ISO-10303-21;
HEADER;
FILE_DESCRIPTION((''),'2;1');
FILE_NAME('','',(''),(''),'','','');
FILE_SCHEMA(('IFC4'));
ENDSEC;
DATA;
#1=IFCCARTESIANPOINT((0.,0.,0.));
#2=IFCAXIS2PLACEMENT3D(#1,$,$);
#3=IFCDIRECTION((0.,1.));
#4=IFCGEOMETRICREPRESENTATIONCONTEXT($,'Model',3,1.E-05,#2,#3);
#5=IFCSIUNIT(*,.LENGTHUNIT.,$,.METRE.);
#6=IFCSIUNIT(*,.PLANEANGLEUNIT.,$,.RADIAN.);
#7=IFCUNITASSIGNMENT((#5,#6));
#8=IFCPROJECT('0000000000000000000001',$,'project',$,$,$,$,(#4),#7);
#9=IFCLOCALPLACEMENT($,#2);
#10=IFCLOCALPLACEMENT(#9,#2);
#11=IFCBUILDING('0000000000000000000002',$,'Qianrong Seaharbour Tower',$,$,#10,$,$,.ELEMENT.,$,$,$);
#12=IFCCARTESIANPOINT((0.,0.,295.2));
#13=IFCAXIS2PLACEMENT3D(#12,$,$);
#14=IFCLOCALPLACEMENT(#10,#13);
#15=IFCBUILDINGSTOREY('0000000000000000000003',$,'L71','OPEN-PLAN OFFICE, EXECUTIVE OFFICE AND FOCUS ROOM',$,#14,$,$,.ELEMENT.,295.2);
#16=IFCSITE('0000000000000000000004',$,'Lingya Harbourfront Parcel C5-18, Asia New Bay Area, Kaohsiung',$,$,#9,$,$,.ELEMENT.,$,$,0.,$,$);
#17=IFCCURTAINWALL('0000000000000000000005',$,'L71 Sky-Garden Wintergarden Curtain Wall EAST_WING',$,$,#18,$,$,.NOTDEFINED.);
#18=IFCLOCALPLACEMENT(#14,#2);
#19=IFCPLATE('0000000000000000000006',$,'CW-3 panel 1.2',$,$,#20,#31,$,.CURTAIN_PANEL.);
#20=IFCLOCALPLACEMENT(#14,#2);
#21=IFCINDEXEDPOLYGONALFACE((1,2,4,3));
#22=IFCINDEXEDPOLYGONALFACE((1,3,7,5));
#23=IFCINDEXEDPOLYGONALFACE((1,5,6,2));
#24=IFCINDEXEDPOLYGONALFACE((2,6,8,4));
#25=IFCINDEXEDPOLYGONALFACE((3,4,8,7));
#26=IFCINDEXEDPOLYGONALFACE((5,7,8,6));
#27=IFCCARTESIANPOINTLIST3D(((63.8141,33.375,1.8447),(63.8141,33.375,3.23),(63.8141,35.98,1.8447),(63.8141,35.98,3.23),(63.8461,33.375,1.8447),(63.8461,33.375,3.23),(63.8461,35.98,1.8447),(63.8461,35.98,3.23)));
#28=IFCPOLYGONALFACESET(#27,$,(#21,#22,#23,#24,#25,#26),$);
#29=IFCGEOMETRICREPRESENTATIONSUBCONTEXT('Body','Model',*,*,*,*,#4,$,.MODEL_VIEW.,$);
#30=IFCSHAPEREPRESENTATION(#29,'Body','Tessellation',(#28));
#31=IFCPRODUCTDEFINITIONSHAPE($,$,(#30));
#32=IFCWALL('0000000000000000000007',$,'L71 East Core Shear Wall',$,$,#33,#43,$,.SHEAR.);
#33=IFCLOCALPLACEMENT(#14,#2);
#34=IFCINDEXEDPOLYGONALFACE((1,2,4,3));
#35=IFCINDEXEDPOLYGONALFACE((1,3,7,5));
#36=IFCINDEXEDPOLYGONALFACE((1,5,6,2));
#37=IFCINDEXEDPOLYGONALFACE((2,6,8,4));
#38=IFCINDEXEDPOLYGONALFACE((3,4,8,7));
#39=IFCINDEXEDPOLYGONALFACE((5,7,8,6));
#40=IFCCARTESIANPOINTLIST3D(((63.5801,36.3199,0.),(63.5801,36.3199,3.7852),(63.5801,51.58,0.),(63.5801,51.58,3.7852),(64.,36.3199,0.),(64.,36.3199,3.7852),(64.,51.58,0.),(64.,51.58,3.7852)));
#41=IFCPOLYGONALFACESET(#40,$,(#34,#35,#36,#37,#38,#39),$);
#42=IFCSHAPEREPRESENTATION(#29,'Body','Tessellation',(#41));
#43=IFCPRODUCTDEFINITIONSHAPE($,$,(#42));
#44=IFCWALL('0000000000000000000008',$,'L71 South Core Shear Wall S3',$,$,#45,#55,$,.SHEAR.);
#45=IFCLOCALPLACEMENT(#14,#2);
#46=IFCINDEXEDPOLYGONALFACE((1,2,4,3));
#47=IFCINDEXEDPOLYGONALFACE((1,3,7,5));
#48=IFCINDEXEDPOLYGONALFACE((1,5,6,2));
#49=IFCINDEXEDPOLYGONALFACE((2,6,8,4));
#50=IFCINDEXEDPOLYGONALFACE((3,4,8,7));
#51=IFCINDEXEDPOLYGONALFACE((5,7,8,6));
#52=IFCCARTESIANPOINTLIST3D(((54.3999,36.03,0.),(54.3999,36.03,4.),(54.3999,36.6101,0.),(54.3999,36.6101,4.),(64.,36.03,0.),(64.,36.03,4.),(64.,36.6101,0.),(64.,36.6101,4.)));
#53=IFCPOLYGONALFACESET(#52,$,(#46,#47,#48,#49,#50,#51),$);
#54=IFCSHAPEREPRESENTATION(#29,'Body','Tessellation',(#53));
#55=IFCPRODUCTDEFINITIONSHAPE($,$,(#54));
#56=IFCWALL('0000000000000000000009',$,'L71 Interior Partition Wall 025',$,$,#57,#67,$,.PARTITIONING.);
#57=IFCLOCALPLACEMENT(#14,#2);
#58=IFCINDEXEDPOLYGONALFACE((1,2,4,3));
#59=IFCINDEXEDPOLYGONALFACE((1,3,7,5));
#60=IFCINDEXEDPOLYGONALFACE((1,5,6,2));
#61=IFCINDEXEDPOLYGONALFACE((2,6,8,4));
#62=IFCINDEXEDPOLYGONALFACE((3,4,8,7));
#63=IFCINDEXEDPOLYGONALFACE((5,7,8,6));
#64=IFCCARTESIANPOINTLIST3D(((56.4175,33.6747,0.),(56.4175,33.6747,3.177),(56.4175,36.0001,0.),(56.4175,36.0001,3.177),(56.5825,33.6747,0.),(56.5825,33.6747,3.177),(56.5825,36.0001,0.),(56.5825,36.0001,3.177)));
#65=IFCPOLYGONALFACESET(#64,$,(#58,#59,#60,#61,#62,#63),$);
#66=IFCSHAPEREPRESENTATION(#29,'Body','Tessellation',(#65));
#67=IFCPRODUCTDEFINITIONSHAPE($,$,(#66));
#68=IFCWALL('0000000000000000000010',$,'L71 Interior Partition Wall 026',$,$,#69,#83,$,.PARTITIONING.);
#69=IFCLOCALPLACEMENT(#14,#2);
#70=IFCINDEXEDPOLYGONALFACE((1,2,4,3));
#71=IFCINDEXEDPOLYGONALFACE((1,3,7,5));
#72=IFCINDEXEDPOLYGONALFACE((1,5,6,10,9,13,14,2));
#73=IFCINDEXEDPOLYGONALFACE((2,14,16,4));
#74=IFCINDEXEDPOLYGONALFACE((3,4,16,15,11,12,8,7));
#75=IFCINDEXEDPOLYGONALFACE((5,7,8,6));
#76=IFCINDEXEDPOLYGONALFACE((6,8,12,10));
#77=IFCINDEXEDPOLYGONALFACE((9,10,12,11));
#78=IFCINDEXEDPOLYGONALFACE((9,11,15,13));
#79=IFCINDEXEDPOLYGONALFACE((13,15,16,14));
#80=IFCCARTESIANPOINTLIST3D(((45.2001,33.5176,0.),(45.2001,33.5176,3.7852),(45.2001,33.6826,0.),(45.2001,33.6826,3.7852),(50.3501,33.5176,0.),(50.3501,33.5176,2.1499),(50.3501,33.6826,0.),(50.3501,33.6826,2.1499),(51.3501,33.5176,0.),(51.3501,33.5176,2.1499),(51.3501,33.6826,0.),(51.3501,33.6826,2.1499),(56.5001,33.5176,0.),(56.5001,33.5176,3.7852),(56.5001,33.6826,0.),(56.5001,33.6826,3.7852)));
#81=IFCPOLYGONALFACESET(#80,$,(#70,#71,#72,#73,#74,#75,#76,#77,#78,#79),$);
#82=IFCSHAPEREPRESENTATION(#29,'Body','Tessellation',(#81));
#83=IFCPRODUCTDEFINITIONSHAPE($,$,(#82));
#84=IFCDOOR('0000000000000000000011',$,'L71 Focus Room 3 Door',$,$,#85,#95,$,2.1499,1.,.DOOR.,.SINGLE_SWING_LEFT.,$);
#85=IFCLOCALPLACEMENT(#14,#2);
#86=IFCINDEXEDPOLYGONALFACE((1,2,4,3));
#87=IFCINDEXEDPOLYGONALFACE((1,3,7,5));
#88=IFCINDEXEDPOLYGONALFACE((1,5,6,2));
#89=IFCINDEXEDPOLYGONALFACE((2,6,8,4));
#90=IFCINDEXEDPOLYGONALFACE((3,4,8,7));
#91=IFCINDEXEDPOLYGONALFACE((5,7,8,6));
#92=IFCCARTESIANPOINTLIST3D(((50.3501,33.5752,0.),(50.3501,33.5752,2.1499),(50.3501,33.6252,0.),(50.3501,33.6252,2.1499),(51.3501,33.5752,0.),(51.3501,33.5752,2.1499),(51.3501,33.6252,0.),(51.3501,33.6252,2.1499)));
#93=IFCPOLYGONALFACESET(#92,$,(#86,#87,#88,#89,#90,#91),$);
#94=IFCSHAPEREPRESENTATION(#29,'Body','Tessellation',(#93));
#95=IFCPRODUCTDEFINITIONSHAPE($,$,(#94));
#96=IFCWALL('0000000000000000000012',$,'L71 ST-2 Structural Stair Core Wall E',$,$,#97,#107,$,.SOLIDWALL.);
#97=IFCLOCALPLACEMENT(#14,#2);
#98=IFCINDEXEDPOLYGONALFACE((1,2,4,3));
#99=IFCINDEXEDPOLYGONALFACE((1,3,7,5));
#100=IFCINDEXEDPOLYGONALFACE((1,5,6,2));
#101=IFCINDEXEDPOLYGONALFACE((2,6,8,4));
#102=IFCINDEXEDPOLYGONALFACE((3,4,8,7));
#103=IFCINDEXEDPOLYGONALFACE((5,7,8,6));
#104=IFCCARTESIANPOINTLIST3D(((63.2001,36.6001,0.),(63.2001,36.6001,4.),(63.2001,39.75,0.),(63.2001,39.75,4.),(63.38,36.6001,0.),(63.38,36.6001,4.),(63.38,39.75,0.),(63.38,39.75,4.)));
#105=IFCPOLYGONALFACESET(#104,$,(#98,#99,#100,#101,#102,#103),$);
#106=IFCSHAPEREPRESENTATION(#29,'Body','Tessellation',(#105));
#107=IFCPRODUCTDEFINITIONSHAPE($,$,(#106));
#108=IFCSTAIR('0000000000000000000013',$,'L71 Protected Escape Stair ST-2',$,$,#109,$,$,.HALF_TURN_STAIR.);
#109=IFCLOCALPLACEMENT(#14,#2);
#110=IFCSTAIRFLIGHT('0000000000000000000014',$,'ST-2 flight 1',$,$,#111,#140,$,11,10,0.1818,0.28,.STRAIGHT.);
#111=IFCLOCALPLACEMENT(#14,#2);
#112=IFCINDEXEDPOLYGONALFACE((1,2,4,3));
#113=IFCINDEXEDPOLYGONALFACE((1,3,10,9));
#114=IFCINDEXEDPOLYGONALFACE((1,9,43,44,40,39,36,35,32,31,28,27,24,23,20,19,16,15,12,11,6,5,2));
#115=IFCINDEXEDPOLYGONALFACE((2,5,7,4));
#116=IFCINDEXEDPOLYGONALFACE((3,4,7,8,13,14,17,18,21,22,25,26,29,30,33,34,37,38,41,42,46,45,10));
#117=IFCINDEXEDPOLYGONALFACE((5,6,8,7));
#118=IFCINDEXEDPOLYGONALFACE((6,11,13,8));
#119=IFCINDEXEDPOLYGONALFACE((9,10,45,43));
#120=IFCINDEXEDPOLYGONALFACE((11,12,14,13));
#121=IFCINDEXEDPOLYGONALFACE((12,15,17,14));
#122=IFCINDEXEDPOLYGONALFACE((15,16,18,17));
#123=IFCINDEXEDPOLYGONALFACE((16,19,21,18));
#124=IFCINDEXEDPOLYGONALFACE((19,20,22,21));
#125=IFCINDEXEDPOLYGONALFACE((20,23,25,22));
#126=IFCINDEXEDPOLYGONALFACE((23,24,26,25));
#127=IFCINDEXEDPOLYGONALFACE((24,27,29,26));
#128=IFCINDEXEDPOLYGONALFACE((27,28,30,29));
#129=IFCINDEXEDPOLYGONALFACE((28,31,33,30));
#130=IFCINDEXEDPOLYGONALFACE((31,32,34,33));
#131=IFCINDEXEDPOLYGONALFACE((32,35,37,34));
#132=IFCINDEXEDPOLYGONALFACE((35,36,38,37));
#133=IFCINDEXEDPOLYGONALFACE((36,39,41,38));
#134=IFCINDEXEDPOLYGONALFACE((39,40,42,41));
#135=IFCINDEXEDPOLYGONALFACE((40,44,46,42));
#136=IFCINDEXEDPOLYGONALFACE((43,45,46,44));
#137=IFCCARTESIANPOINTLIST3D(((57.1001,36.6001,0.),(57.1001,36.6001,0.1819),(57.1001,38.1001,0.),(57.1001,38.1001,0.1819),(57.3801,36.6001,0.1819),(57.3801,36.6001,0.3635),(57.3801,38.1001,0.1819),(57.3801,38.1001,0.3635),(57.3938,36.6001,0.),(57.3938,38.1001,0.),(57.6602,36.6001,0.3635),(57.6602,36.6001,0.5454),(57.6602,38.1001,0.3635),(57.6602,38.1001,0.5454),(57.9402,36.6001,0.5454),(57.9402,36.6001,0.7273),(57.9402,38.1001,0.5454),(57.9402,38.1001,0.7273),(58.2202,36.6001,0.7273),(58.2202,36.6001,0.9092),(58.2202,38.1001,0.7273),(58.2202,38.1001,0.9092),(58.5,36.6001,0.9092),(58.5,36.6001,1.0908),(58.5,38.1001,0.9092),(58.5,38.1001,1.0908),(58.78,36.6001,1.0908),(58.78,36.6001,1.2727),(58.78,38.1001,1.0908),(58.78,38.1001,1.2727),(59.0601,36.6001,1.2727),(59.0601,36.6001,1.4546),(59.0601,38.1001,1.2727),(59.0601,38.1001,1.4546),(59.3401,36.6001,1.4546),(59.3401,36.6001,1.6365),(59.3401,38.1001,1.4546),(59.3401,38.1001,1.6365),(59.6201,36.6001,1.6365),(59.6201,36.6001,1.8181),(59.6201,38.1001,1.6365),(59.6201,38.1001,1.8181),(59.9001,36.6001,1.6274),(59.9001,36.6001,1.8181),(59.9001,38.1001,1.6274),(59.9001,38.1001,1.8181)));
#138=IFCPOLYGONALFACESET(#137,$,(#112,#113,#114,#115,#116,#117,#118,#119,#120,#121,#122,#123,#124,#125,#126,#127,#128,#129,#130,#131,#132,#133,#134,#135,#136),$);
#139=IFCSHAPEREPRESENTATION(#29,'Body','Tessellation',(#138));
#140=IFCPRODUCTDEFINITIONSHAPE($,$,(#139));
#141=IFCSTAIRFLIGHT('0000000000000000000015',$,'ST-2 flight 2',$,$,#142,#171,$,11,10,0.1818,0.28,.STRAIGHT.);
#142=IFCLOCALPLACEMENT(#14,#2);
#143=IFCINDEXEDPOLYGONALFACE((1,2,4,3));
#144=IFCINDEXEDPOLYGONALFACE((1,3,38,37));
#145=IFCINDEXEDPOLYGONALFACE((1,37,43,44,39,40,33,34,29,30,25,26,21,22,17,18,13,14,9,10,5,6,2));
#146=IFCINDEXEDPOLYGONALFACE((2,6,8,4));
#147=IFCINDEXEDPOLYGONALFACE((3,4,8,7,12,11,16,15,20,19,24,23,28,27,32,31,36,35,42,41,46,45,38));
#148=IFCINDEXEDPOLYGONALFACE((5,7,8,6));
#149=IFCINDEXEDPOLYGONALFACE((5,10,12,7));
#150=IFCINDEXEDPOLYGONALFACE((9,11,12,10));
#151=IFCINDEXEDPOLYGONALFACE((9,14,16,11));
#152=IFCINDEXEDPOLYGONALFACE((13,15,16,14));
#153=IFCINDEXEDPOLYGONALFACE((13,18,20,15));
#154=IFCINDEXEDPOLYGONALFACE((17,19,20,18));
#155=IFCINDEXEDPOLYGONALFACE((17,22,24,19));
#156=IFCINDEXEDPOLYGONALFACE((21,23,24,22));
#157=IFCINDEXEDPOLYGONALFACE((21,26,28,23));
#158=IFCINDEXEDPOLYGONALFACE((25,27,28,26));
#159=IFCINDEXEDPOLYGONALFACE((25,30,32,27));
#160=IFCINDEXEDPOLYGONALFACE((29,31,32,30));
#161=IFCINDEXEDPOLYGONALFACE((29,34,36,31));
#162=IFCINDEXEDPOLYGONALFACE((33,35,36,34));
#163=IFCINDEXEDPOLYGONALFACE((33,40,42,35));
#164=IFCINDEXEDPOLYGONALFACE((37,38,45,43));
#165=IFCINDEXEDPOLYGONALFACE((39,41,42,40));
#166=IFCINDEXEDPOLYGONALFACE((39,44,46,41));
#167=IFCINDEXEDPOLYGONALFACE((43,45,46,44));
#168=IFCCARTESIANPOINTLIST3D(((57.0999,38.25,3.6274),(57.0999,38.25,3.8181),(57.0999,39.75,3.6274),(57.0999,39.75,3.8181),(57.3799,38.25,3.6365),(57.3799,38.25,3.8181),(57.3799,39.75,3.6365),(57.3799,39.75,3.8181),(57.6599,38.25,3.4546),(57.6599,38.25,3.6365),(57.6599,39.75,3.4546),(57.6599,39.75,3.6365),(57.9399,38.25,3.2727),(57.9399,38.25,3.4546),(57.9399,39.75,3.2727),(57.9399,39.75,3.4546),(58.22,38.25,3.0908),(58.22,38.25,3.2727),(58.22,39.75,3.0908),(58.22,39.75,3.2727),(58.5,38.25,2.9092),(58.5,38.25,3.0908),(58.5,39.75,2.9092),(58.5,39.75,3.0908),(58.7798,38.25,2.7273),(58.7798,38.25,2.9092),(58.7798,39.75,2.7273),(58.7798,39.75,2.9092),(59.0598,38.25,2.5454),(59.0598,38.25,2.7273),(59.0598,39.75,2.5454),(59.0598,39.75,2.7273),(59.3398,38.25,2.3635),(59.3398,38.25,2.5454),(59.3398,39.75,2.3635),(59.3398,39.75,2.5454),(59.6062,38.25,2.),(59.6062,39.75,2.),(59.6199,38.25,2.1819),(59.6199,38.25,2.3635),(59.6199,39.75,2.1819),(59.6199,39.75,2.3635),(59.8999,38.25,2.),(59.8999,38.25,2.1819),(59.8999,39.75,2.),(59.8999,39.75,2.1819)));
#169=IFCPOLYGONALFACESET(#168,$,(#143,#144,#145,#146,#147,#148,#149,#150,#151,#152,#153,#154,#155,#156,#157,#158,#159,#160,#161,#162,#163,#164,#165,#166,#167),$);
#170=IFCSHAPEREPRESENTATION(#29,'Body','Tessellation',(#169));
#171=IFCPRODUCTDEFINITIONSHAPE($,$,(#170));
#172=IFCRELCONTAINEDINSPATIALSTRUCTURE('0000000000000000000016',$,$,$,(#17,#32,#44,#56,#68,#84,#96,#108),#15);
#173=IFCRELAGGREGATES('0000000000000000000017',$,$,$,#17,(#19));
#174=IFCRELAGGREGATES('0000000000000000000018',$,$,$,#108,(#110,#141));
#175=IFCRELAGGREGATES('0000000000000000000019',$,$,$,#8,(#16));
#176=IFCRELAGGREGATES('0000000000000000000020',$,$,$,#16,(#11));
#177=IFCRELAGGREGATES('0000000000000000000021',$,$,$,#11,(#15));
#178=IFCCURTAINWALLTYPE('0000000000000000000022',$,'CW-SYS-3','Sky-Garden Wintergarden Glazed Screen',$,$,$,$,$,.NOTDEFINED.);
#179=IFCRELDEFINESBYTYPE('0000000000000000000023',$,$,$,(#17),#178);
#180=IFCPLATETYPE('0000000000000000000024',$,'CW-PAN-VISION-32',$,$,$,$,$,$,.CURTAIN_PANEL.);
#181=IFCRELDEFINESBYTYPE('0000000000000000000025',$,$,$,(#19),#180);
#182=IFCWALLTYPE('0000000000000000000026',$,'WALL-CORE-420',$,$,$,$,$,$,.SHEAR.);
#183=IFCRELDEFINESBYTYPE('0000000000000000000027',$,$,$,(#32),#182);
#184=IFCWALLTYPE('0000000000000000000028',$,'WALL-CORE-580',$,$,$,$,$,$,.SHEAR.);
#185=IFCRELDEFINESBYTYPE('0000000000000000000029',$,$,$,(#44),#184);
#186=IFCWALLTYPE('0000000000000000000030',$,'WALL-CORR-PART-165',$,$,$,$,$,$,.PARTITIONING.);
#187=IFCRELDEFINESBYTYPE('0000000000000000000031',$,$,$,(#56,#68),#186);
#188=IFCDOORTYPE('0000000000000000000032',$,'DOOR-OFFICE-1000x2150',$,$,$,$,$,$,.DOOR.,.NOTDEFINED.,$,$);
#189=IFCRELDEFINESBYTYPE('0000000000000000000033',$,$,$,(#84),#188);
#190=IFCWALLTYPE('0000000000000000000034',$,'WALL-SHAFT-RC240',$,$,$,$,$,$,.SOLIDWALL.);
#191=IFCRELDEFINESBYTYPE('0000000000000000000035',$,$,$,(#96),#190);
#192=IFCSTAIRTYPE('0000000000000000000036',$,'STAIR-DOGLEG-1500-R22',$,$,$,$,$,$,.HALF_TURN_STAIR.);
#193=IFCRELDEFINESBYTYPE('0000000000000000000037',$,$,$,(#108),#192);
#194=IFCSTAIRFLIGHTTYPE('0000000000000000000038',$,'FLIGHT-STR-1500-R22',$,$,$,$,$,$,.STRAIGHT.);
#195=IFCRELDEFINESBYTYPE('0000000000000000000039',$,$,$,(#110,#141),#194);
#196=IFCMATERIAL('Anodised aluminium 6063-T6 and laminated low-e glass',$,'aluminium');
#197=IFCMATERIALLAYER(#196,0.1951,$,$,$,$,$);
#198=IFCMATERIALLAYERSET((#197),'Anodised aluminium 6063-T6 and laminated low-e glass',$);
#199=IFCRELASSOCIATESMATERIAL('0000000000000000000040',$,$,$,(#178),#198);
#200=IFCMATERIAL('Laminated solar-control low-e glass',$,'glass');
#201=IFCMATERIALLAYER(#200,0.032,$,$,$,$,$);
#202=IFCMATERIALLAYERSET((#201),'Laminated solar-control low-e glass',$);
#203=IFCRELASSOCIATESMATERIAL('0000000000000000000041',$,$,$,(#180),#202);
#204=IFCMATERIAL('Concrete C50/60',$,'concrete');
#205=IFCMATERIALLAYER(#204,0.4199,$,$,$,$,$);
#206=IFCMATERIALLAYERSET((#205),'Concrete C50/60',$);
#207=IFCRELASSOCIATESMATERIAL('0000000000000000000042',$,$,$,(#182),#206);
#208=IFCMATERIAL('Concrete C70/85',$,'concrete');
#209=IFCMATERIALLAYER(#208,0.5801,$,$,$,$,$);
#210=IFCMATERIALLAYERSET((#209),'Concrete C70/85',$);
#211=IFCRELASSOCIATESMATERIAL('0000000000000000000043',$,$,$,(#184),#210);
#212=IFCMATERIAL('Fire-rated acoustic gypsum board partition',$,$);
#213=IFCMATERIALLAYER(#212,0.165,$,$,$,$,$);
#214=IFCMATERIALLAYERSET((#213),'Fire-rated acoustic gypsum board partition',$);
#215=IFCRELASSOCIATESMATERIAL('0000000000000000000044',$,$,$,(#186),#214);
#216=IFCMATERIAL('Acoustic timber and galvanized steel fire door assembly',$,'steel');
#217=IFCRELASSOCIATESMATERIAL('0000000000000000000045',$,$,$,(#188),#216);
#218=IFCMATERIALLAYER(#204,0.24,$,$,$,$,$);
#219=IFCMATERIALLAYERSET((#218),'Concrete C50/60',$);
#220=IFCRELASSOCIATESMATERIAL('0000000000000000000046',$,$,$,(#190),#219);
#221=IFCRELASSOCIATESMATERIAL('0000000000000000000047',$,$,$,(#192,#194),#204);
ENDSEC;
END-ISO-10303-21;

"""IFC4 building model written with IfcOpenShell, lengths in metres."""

from ifc_helpers import new_model, si_unit, direction, frame, frame_2d, origin, origin_2d, place, context, subcontext, project, spatial, polyline, rectangle, outline, extrude, material, layer, layer_set, type_object, element, fill, aggregate, save


model = new_model("IFC4")

# Units and contexts
model_context = context("Model", 3, precision=1e-05, world=origin(), true_north=direction((0.0, 1.0)))
body_context = subcontext(model_context, "Body", "Model", "MODEL_VIEW")
ifc_project = project(units=[si_unit("LENGTHUNIT", "METRE"), si_unit("PLANEANGLEUNIT", "RADIAN")], contexts=[model_context])

# Site, building, storey
site_placement = place(None, origin())
site = spatial("IfcSite", under=ifc_project, at=site_placement, Name="Lingya Harbourfront Parcel C5-18, Asia New Bay Area, Kaohsiung", CompositionType="ELEMENT", RefElevation=0.0)
building_placement = place(site_placement, origin())
building = spatial("IfcBuilding", under=site, at=building_placement, Name="Qianrong Seaharbour Tower", CompositionType="ELEMENT")
storey_placement = place(building_placement, frame((0.0, 0.0, 295.2)))
storey = spatial("IfcBuildingStorey", under=building, at=storey_placement, Name="L71", Description="OPEN-PLAN OFFICE, EXECUTIVE OFFICE AND FOCUS ROOM", CompositionType="ELEMENT", Elevation=295.2)

# Shared definitions
ifc_material_1 = material(Name="Concrete C50/60", Category="concrete")

# Curtain wall, plate
ifc_material_2 = material(Name="Anodised aluminium 6063-T6 and laminated low-e glass", Category="aluminium")
ifc_layer_1 = layer(ifc_material_2, 0.1951)
ifc_layer_set_1 = layer_set([ifc_layer_1], Name="Anodised aluminium 6063-T6 and laminated low-e glass")
curtain_wall_type = type_object("IfcCurtainWallType", Name="CW-SYS-3", Description="Sky-Garden Wintergarden Glazed Screen", PredefinedType="NOTDEFINED", material=ifc_layer_set_1)
curtain_wall_placement = place(storey_placement, origin())
curtain_wall = element("IfcCurtainWall", 1, at=curtain_wall_placement, inside=storey, type_object=curtain_wall_type, Name="L71 Sky-Garden Wintergarden Curtain Wall EAST_WING", PredefinedType="NOTDEFINED")
ifc_material_3 = material(Name="Laminated solar-control low-e glass", Category="glass")
ifc_layer_2 = layer(ifc_material_3, 0.032)
ifc_layer_set_2 = layer_set([ifc_layer_2], Name="Laminated solar-control low-e glass")
plate_type = type_object("IfcPlateType", Name="CW-PAN-VISION-32", PredefinedType="CURTAIN_PANEL", material=ifc_layer_set_2)
plate_1_placement = place(storey_placement, frame((63.8301, 34.6775, 1.8447), z_axis=(0.0, 0.0, 1.0), x_axis=(0.0, -1.0, 0.0)))
plate_1 = element("IfcPlate", 2, at=plate_1_placement, type_object=plate_type, Name="CW-3 panel 1.2", PredefinedType="CURTAIN_PANEL", context=body_context, shape_type="SweptSolid", body=[
    extrude(rectangle(XDim=2.605, YDim=0.032, at=origin_2d()), origin(), (0.0, 0.0, 1.0), 1.3853),
])
aggregate(curtain_wall, [plate_1])

# Walls
ifc_layer_3 = layer(ifc_material_1, 0.4199)
ifc_layer_set_3 = layer_set([ifc_layer_3], Name="Concrete C50/60")
wall_type_1 = type_object("IfcWallType", Name="WALL-CORE-420", PredefinedType="SHEAR", material=ifc_layer_set_3)
wall_1_placement = place(storey_placement, frame((63.79, 36.3201, 0.0), z_axis=(0.0, 0.0, 1.0), x_axis=(0.0, 1.0, 0.0)))
element("IfcWall", 3, at=wall_1_placement, inside=storey, type_object=wall_type_1, Name="L71 East Core Shear Wall", PredefinedType="SHEAR", context=body_context, shape_type="SweptSolid", body=[
    extrude(rectangle(XDim=15.26, YDim=0.4199, at=frame_2d((7.6299, 0.0))), origin(), (0.0, 0.0, 1.0), 3.7852),
])
ifc_material_4 = material(Name="Concrete C70/85", Category="concrete")
ifc_layer_4 = layer(ifc_material_4, 0.5801)
ifc_layer_set_4 = layer_set([ifc_layer_4], Name="Concrete C70/85")
wall_type_2 = type_object("IfcWallType", Name="WALL-CORE-580", PredefinedType="SHEAR", material=ifc_layer_set_4)
wall_2_placement = place(storey_placement, frame((54.3999, 36.3201, 0.0), z_axis=(0.0, 0.0, 1.0), x_axis=(1.0, 0.0, 0.0)))
element("IfcWall", 4, at=wall_2_placement, inside=storey, type_object=wall_type_2, Name="L71 South Core Shear Wall S3", PredefinedType="SHEAR", context=body_context, shape_type="SweptSolid", body=[
    extrude(rectangle(XDim=9.6001, YDim=0.5801, at=frame_2d((4.8, 0.0))), origin(), (0.0, 0.0, 1.0), 4.0),
])

# Shared definitions
ifc_material_5 = material(Name="Fire-rated acoustic gypsum board partition")
ifc_layer_5 = layer(ifc_material_5, 0.165)
ifc_layer_set_5 = layer_set([ifc_layer_5], Name="Fire-rated acoustic gypsum board partition")
wall_type_3 = type_object("IfcWallType", Name="WALL-CORR-PART-165", PredefinedType="PARTITIONING", material=ifc_layer_set_5)
ifc_material_6 = material(Name="Acoustic timber and galvanized steel fire door assembly", Category="steel")
door_type_1 = type_object("IfcDoorType", Name="DOOR-OFFICE-1000x2150", OperationType="NOTDEFINED", PredefinedType="DOOR", material=ifc_material_6)

# Wall
wall_3_placement = place(storey_placement, frame((56.5, 36.0, 0.0), z_axis=(0.0, 0.0, 1.0), x_axis=(0.0, -1.0, 0.0)))
element("IfcWall", 5, at=wall_3_placement, inside=storey, type_object=wall_type_3, Name="L71 Interior Partition Wall 025", PredefinedType="PARTITIONING", context=body_context, shape_type="SweptSolid", body=[
    extrude(rectangle(XDim=2.3254, YDim=0.165, at=frame_2d((1.1626, 0.0))), origin(), (0.0, 0.0, 1.0), 3.177),
])

# Wall, opening, door
wall_4_placement = place(storey_placement, frame((56.5, 33.6001, 0.0), z_axis=(0.0, 0.0, 1.0), x_axis=(-1.0, 0.0, 0.0)))
wall_4 = element("IfcWall", 6, at=wall_4_placement, inside=storey, type_object=wall_type_3, Name="L71 Interior Partition Wall 026", PredefinedType="PARTITIONING", context=body_context, shape_type="SweptSolid", body=[
    extrude(rectangle(XDim=11.3, YDim=0.165, at=frame_2d((5.6499, 0.0))), origin(), (0.0, 0.0, 1.0), 3.7852),
])
opening_1_placement = place(wall_4_placement, frame((5.1499, 0.0, 0.0)))
opening_1 = element("IfcOpeningElement", 7, at=opening_1_placement, cuts=wall_4, PredefinedType="OPENING", context=body_context, shape_type="SweptSolid", body=[
    extrude(rectangle(XDim=1.0, YDim=2.1499, at=frame_2d((0.5, 1.075))), frame((0.0, 0.0925, 0.0), z_axis=(0.0, -1.0, 0.0), x_axis=(1.0, 0.0, 0.0)), (0.0, 0.0, 1.0), 0.1851),
])
door_1_placement = place(opening_1_placement, origin())
door_1 = element("IfcDoor", 8, at=door_1_placement, inside=storey, type_object=door_type_1, Name="L71 Focus Room 3 Door", OperationType="SINGLE_SWING_LEFT", OverallHeight=2.1499, OverallWidth=1.0, PredefinedType="DOOR", context=body_context, shape_type="SweptSolid", body=[
    extrude(rectangle(XDim=1.0, YDim=2.1499, at=frame_2d((0.5, 1.075))), frame((0.0, 0.0249, 0.0), z_axis=(0.0, -1.0, 0.0), x_axis=(1.0, 0.0, 0.0)), (0.0, 0.0, 1.0), 0.05),
])
fill(opening_1, door_1)

# Wall
ifc_layer_6 = layer(ifc_material_1, 0.24)
ifc_layer_set_6 = layer_set([ifc_layer_6], Name="Concrete C50/60")
wall_type_4 = type_object("IfcWallType", Name="WALL-SHAFT-RC240", PredefinedType="SOLIDWALL", material=ifc_layer_set_6)
wall_5_placement = place(storey_placement, frame((63.29, 36.6001, 0.0), z_axis=(0.0, 0.0, 1.0), x_axis=(0.0, 1.0, 0.0)))
element("IfcWall", 9, at=wall_5_placement, inside=storey, type_object=wall_type_4, Name="L71 ST-2 Structural Stair Core Wall E", PredefinedType="SOLIDWALL", context=body_context, shape_type="SweptSolid", body=[
    extrude(rectangle(XDim=3.1499, YDim=0.1799, at=frame_2d((1.575, 0.0))), origin(), (0.0, 0.0, 1.0), 4.0),
])

# Stair, stair flights
stair_type = type_object("IfcStairType", Name="STAIR-DOGLEG-1500-R22", PredefinedType="HALF_TURN_STAIR", material=ifc_material_1)
stair_placement = place(storey_placement, origin())
stair = element("IfcStair", 10, at=stair_placement, inside=storey, type_object=stair_type, Name="L71 Protected Escape Stair ST-2", PredefinedType="HALF_TURN_STAIR")
stair_flight_type = type_object("IfcStairFlightType", Name="FLIGHT-STR-1500-R22", PredefinedType="STRAIGHT", material=ifc_material_1)
stair_flight_1_placement = place(storey_placement, frame((57.1001, 37.3501, 0.0), z_axis=(0.0, 0.0, 1.0), x_axis=(1.0, 0.0, 0.0)))
stair_flight_1 = element("IfcStairFlight", 11, at=stair_flight_1_placement, type_object=stair_flight_type, Name="ST-2 flight 1", NumberOfRisers=11, NumberOfTreads=10, PredefinedType="STRAIGHT", RiserHeight=0.1818, TreadLength=0.28, context=body_context, shape_type="SweptSolid", body=[
    extrude(outline(polyline([(0.0, 0.0), (0.0, 0.1819), (0.28, 0.1819), (0.28, 0.3635), (0.5601, 0.3635), (0.5601, 0.5454), (0.8401, 0.5454), (0.8401, 0.7273), (1.1201, 0.7273), (1.1201, 0.9092), (1.3999, 0.9092), (1.3999, 1.0908), (1.6799, 1.0908), (1.6799, 1.2727), (1.96, 1.2727), (1.96, 1.4546), (2.24, 1.4546), (2.24, 1.6365), (2.52, 1.6365), (2.52, 1.8181), (2.8, 1.8181), (2.8, 2.0), (2.8, 1.6274), (0.2937, 0.0), (0.0, 0.0)])), frame((0.0, 0.75, 0.0), z_axis=(0.0, -1.0, 0.0), x_axis=(1.0, 0.0, 0.0)), (0.0, 0.0, 1.0), 1.5),
])
stair_flight_2_placement = place(storey_placement, frame((59.8999, 39.0, 2.0), z_axis=(0.0, 0.0, 1.0), x_axis=(-1.0, 0.0, 0.0)))
stair_flight_2 = element("IfcStairFlight", 12, at=stair_flight_2_placement, type_object=stair_flight_type, Name="ST-2 flight 2", NumberOfRisers=11, NumberOfTreads=10, PredefinedType="STRAIGHT", RiserHeight=0.1818, TreadLength=0.28, context=body_context, shape_type="SweptSolid", body=[
    extrude(outline(polyline([(0.0, 0.0), (0.0, 0.1819), (0.28, 0.1819), (0.28, 0.3635), (0.5601, 0.3635), (0.5601, 0.5454), (0.8401, 0.5454), (0.8401, 0.7273), (1.1201, 0.7273), (1.1201, 0.9092), (1.3999, 0.9092), (1.3999, 1.0908), (1.6799, 1.0908), (1.6799, 1.2727), (1.96, 1.2727), (1.96, 1.4546), (2.24, 1.4546), (2.24, 1.6365), (2.52, 1.6365), (2.52, 1.8181), (2.8, 1.8181), (2.8, 2.0), (2.8, 1.6274), (0.2937, 0.0), (0.0, 0.0)])), frame((0.0, 0.75, 0.0), z_axis=(0.0, -1.0, 0.0), x_axis=(1.0, 0.0, 0.0)), (0.0, 0.0, 1.0), 1.5),
])
aggregate(stair, [stair_flight_1, stair_flight_2])

save(model, "model.ifc")
